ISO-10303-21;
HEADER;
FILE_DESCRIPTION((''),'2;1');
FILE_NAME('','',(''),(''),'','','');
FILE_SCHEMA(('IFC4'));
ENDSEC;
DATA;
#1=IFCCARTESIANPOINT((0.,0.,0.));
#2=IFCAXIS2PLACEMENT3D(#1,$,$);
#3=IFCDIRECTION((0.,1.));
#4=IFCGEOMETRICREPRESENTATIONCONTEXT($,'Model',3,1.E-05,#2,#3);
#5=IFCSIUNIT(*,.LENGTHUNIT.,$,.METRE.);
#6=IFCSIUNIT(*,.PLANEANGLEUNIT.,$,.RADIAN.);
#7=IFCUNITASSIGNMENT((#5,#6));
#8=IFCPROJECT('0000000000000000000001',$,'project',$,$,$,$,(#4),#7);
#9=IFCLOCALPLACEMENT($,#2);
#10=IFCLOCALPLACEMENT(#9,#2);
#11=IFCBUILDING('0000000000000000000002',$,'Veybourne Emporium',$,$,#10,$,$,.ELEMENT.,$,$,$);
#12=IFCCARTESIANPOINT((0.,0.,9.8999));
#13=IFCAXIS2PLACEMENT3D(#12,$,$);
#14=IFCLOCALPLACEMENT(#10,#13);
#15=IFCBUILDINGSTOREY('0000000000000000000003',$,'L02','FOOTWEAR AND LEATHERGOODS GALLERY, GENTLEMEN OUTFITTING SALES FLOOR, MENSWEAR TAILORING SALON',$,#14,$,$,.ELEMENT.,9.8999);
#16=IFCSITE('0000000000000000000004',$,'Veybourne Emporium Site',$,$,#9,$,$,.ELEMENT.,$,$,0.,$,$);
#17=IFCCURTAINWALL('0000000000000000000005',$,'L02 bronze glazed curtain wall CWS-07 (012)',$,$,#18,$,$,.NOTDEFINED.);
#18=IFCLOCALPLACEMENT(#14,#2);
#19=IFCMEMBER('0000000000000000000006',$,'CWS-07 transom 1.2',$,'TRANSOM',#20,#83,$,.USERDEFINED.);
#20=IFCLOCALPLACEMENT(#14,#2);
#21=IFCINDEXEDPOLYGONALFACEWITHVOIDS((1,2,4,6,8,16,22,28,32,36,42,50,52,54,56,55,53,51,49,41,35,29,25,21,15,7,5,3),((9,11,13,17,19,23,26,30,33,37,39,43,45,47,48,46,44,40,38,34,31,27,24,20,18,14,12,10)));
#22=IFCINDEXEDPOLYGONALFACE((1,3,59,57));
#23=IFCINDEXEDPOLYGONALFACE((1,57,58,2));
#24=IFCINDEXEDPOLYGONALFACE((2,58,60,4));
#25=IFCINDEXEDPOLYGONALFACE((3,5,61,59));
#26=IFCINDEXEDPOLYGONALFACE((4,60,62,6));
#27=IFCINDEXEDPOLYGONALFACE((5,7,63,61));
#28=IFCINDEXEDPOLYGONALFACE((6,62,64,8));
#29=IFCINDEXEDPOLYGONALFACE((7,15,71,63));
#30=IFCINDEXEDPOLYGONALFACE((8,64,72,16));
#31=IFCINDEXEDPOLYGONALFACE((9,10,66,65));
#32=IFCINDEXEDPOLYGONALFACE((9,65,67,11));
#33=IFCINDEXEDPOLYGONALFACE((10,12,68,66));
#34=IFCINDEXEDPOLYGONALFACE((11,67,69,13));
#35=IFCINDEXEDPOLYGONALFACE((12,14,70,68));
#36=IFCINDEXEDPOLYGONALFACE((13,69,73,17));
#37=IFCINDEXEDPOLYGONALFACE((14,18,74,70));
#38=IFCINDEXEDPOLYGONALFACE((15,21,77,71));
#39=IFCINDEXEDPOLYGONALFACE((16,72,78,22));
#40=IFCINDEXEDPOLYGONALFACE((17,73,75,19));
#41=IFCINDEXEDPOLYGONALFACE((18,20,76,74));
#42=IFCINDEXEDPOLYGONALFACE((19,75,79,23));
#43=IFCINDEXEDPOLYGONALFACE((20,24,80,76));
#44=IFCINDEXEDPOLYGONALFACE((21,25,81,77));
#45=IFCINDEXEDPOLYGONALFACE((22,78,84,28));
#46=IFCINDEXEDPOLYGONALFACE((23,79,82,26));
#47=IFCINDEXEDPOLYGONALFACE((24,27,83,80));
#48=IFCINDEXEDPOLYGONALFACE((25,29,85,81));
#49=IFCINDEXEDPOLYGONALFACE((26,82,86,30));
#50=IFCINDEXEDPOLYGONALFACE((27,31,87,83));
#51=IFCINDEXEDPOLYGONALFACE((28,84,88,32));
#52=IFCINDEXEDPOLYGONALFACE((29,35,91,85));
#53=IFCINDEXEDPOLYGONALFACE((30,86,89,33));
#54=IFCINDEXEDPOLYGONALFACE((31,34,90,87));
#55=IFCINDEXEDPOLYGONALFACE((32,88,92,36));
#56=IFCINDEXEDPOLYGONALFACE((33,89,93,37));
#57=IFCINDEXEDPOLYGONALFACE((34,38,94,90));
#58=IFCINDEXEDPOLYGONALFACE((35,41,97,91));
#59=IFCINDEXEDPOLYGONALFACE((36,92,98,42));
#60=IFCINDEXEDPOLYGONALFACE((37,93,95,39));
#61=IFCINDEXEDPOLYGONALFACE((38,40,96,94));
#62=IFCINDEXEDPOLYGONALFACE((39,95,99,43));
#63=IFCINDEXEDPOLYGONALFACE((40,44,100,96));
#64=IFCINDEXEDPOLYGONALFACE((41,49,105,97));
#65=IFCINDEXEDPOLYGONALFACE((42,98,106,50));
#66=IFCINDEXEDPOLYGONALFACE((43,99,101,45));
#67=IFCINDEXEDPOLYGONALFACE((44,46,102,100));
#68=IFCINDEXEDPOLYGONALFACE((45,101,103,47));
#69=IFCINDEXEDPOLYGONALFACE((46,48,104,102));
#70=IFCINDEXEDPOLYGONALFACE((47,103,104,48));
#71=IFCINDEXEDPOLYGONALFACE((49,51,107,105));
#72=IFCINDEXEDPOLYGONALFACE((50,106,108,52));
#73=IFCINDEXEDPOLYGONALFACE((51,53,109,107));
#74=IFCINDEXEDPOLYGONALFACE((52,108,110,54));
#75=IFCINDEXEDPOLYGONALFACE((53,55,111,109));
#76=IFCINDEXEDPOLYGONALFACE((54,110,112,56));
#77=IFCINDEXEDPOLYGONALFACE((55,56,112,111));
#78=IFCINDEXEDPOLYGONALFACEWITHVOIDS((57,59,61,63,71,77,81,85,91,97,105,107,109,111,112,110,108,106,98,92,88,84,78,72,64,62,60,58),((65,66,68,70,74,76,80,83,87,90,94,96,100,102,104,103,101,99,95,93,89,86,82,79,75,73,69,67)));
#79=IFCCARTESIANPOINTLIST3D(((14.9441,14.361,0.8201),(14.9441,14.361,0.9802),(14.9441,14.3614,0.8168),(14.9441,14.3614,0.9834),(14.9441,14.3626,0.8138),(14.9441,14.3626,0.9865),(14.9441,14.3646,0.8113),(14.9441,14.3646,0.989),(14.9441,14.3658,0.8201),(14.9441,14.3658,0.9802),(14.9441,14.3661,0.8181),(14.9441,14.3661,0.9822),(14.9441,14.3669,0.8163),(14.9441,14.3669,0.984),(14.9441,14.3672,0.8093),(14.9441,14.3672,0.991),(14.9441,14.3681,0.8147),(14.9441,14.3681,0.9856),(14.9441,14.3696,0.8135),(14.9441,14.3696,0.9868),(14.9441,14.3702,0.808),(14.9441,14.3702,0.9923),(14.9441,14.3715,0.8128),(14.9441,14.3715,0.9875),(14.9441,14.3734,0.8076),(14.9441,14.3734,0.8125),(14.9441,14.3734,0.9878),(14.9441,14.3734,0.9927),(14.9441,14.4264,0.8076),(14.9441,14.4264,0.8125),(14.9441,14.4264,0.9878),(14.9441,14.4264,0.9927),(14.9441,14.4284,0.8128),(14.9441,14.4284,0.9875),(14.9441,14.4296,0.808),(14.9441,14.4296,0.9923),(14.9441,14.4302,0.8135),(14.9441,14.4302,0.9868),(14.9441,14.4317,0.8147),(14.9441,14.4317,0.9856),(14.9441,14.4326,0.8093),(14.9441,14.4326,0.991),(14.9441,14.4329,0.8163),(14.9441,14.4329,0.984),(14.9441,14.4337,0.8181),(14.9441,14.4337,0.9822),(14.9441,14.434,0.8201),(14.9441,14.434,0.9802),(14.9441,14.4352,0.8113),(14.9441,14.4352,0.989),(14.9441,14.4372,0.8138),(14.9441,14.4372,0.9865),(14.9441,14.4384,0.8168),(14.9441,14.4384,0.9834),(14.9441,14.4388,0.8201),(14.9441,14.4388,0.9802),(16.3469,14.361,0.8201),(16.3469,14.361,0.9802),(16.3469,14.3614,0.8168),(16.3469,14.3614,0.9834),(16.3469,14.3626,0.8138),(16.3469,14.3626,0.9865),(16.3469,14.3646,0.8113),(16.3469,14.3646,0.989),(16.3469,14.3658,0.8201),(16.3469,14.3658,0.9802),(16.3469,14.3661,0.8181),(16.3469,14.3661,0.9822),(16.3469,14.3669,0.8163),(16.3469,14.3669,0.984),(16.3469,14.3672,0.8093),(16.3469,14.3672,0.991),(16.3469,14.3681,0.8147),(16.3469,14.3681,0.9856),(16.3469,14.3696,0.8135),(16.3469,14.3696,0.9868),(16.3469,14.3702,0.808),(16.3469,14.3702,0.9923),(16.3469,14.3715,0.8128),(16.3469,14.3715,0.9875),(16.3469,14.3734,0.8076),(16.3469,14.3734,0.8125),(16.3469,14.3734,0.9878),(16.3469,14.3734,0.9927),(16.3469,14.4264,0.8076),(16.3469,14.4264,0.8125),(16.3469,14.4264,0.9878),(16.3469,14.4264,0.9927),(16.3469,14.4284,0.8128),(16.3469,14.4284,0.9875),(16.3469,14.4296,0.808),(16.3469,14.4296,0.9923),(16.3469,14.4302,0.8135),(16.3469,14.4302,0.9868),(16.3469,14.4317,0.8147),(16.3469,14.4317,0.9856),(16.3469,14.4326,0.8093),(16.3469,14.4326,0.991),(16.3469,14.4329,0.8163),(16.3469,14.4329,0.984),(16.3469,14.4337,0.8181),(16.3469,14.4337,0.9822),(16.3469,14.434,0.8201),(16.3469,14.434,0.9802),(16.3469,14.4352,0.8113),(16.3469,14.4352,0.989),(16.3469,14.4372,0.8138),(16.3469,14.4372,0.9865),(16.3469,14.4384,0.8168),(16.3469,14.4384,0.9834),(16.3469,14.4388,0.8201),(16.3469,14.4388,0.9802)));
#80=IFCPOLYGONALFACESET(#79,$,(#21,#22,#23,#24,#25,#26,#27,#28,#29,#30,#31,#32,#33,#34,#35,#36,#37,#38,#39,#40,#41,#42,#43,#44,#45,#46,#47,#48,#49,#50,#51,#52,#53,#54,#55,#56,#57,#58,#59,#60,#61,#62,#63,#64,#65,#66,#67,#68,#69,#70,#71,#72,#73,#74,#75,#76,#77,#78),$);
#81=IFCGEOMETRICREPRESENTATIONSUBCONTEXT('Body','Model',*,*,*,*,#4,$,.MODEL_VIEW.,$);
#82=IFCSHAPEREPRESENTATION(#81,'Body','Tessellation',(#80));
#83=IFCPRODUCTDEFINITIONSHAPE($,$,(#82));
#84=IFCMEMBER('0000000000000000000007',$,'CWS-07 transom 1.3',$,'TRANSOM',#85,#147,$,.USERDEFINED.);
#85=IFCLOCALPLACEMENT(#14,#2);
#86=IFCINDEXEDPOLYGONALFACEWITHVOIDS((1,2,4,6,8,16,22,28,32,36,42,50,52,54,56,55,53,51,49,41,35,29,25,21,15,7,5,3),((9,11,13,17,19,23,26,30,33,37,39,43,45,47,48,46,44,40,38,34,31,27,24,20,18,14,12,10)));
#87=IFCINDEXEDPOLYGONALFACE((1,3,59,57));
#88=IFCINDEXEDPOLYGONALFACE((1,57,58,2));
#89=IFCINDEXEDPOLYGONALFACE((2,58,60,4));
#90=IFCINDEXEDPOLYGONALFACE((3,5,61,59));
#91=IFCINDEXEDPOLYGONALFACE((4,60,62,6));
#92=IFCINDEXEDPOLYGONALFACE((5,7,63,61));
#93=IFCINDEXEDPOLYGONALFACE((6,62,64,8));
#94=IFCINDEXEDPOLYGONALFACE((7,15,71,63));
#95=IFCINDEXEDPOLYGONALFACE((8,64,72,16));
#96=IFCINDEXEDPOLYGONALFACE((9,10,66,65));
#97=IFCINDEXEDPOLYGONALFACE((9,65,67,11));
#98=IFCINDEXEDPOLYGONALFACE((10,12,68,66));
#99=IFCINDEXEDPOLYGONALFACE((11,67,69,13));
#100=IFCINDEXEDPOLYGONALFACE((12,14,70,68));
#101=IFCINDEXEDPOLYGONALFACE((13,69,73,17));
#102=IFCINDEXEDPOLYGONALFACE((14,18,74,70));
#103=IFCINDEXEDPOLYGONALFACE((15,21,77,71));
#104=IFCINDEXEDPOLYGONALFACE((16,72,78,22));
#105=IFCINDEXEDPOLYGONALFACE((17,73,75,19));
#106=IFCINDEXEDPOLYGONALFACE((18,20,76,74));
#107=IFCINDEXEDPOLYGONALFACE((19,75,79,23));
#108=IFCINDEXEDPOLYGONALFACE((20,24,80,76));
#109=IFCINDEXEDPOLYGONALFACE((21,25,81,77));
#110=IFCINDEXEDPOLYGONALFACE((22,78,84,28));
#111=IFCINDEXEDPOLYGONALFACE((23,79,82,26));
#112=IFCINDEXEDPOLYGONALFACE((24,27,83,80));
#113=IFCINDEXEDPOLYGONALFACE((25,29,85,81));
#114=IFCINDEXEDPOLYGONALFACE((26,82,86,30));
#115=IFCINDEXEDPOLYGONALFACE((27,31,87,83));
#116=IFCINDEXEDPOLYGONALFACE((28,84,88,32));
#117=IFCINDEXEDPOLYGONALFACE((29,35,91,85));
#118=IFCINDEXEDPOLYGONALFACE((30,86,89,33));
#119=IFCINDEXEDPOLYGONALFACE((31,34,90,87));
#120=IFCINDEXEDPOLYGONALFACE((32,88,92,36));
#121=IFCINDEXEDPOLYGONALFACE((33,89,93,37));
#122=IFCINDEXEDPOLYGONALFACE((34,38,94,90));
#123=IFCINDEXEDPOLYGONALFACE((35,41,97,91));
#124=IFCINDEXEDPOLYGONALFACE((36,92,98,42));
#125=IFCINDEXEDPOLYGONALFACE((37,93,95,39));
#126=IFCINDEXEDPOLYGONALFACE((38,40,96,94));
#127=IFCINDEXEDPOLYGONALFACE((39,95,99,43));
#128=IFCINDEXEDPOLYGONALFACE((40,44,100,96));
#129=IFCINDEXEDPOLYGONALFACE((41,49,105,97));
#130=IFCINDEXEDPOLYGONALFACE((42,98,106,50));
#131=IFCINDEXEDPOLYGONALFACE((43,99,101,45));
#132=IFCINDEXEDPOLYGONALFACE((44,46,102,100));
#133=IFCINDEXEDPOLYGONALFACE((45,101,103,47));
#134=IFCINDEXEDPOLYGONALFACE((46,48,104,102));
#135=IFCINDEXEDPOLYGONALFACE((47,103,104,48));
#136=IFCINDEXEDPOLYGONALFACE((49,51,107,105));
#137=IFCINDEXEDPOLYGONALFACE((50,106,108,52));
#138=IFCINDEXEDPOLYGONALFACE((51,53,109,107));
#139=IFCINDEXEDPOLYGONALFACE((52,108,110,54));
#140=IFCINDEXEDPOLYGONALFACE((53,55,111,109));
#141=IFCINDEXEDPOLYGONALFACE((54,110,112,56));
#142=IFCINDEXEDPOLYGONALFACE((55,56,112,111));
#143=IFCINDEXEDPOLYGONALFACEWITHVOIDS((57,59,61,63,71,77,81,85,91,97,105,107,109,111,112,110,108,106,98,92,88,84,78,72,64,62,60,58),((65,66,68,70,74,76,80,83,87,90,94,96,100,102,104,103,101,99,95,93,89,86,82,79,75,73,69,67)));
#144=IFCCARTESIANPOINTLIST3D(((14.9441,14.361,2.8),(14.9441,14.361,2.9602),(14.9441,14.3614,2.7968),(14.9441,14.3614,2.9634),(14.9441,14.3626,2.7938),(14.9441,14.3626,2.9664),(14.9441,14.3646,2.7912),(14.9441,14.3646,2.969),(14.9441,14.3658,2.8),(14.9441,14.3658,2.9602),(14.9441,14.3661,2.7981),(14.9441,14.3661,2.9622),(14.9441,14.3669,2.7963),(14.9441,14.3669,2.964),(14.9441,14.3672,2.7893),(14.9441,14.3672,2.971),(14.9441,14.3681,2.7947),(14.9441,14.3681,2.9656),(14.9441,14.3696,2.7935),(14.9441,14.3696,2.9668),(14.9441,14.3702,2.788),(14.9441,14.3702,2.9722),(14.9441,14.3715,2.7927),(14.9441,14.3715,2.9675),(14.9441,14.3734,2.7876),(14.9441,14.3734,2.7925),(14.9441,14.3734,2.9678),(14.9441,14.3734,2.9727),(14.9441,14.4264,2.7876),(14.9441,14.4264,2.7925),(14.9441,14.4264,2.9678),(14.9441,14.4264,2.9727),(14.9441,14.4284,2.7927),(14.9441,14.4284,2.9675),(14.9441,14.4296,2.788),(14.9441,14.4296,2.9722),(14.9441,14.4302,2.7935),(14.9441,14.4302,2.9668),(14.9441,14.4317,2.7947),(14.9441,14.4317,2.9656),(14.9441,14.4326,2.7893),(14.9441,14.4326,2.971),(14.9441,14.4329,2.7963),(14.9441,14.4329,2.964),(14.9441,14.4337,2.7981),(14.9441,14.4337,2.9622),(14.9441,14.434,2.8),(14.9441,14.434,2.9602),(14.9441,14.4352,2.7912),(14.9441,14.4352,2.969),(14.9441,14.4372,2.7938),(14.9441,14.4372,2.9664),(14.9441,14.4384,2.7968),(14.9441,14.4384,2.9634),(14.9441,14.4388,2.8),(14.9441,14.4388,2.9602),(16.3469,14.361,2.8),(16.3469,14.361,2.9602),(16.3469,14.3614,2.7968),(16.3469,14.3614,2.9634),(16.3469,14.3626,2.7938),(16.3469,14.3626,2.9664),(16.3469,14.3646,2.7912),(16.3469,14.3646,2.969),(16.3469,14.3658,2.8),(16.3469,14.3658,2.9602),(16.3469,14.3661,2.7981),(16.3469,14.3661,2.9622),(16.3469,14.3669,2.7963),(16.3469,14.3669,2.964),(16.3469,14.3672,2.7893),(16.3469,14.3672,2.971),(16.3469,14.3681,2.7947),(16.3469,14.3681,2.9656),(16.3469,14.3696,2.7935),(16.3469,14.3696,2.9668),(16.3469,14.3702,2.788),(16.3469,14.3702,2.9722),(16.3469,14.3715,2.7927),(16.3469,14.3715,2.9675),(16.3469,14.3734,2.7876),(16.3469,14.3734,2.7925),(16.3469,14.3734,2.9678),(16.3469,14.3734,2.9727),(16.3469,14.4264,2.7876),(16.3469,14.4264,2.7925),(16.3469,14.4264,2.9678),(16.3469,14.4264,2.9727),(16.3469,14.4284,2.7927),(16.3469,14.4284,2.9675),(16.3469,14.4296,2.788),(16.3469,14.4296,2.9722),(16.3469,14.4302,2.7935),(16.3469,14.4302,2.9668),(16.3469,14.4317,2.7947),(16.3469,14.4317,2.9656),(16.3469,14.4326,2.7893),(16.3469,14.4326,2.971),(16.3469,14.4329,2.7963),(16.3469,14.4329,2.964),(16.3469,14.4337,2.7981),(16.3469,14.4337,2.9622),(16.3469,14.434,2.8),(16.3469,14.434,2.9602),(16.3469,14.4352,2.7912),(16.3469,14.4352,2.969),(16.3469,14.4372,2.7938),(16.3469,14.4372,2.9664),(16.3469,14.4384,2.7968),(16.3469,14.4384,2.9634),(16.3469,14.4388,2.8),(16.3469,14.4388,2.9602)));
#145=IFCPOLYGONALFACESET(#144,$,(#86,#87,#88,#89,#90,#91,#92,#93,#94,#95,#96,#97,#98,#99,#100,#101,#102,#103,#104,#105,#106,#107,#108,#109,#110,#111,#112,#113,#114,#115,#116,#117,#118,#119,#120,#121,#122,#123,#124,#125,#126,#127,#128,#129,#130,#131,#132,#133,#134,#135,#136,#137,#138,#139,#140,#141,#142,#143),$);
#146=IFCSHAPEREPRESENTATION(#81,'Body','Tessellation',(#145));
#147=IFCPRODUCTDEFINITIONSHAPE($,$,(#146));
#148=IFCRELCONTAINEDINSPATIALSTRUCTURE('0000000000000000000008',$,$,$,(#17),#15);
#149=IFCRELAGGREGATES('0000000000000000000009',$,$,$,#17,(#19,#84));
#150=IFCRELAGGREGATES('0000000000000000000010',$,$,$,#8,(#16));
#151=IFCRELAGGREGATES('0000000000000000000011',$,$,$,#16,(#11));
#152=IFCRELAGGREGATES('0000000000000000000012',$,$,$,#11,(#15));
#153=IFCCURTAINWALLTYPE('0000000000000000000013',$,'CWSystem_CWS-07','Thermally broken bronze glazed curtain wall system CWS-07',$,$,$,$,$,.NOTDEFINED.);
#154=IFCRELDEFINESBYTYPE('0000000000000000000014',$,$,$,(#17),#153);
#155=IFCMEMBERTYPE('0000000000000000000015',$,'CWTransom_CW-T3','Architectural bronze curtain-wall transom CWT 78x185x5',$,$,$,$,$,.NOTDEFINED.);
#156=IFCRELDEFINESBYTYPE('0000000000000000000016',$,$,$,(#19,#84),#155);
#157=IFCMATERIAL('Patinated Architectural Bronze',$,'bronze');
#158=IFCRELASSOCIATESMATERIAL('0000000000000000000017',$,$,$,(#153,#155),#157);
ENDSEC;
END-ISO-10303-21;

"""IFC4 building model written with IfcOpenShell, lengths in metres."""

from ifc_helpers import new_model, si_unit, direction, frame, origin, origin_2d, place, context, subcontext, project, spatial, hollow_rectangle, extrude, material, material_profile, profile_set, type_object, element, aggregate, save


model = new_model("IFC4")

# Units and contexts
model_context = context("Model", 3, precision=1e-05, world=origin(), true_north=direction((0.0, 1.0)))
body_context = subcontext(model_context, "Body", "Model", "MODEL_VIEW")
ifc_project = project(units=[si_unit("LENGTHUNIT", "METRE"), si_unit("PLANEANGLEUNIT", "RADIAN")], contexts=[model_context])

# Site, building, storey
site_placement = place(None, origin())
site = spatial("IfcSite", under=ifc_project, at=site_placement, Name="Veybourne Emporium Site", CompositionType="ELEMENT", RefElevation=0.0)
building_placement = place(site_placement, origin())
building = spatial("IfcBuilding", under=site, at=building_placement, Name="Veybourne Emporium", CompositionType="ELEMENT")
storey_placement = place(building_placement, frame((0.0, 0.0, 9.8999)))
storey = spatial("IfcBuildingStorey", under=building, at=storey_placement, Name="L02", Description="FOOTWEAR AND LEATHERGOODS GALLERY, GENTLEMEN OUTFITTING SALES FLOOR, MENSWEAR TAILORING SALON", CompositionType="ELEMENT", Elevation=9.8999)

# Curtain wall
ifc_material_1 = material(Name="Patinated Architectural Bronze", Category="bronze")
curtain_wall_type_1 = type_object("IfcCurtainWallType", Name="CWSystem_CWS-07", Description="Thermally broken bronze glazed curtain wall system CWS-07", PredefinedType="NOTDEFINED", material=ifc_material_1)
curtain_wall_1_placement = place(storey_placement, origin())
curtain_wall_1 = element("IfcCurtainWall", 1, at=curtain_wall_1_placement, inside=storey, type_object=curtain_wall_type_1, Name="L02 bronze glazed curtain wall CWS-07 (012)", PredefinedType="NOTDEFINED")

# Members
ifc_material_profile_1 = material_profile(ifc_material_1, hollow_rectangle(XDim=0.0779, YDim=0.1851, WallThickness=0.0049, InnerFilletRadius=0.0076, OuterFilletRadius=0.0125, at=origin_2d()), Name="CWT 78x185x5")
ifc_profile_set_1 = profile_set([ifc_material_profile_1], Name="Patinated Architectural Bronze")
member_type_1 = type_object("IfcMemberType", Name="CWTransom_CW-T3", Description="Architectural bronze curtain-wall transom CWT 78x185x5", PredefinedType="NOTDEFINED", material=ifc_profile_set_1)
member_1_placement = place(storey_placement, frame((16.3469, 14.3999, 0.9001), z_axis=(-1.0, 0.0, 0.0), x_axis=(0.0, -1.0, 0.0)))
member_1 = element("IfcMember", 2, at=member_1_placement, type_object=member_type_1, Name="CWS-07 transom 1.2", ObjectType="TRANSOM", PredefinedType="USERDEFINED", context=body_context, shape_type="SweptSolid", body=[
    extrude(hollow_rectangle(XDim=0.0779, YDim=0.1851, WallThickness=0.0049, InnerFilletRadius=0.0076, OuterFilletRadius=0.0125, at=origin_2d()), origin(), (0.0, 0.0, 1.0), 1.4028),
])
member_2_placement = place(storey_placement, frame((16.3469, 14.3999, 2.8801), z_axis=(-1.0, 0.0, 0.0), x_axis=(0.0, -1.0, 0.0)))
member_2 = element("IfcMember", 3, at=member_2_placement, type_object=member_type_1, Name="CWS-07 transom 1.3", ObjectType="TRANSOM", PredefinedType="USERDEFINED", context=body_context, shape_type="SweptSolid", body=[
    extrude(hollow_rectangle(XDim=0.0779, YDim=0.1851, WallThickness=0.0049, InnerFilletRadius=0.0076, OuterFilletRadius=0.0125, at=origin_2d()), origin(), (0.0, 0.0, 1.0), 1.4028),
])

aggregate(curtain_wall_1, [member_1, member_2])

save(model, "model.ifc")
